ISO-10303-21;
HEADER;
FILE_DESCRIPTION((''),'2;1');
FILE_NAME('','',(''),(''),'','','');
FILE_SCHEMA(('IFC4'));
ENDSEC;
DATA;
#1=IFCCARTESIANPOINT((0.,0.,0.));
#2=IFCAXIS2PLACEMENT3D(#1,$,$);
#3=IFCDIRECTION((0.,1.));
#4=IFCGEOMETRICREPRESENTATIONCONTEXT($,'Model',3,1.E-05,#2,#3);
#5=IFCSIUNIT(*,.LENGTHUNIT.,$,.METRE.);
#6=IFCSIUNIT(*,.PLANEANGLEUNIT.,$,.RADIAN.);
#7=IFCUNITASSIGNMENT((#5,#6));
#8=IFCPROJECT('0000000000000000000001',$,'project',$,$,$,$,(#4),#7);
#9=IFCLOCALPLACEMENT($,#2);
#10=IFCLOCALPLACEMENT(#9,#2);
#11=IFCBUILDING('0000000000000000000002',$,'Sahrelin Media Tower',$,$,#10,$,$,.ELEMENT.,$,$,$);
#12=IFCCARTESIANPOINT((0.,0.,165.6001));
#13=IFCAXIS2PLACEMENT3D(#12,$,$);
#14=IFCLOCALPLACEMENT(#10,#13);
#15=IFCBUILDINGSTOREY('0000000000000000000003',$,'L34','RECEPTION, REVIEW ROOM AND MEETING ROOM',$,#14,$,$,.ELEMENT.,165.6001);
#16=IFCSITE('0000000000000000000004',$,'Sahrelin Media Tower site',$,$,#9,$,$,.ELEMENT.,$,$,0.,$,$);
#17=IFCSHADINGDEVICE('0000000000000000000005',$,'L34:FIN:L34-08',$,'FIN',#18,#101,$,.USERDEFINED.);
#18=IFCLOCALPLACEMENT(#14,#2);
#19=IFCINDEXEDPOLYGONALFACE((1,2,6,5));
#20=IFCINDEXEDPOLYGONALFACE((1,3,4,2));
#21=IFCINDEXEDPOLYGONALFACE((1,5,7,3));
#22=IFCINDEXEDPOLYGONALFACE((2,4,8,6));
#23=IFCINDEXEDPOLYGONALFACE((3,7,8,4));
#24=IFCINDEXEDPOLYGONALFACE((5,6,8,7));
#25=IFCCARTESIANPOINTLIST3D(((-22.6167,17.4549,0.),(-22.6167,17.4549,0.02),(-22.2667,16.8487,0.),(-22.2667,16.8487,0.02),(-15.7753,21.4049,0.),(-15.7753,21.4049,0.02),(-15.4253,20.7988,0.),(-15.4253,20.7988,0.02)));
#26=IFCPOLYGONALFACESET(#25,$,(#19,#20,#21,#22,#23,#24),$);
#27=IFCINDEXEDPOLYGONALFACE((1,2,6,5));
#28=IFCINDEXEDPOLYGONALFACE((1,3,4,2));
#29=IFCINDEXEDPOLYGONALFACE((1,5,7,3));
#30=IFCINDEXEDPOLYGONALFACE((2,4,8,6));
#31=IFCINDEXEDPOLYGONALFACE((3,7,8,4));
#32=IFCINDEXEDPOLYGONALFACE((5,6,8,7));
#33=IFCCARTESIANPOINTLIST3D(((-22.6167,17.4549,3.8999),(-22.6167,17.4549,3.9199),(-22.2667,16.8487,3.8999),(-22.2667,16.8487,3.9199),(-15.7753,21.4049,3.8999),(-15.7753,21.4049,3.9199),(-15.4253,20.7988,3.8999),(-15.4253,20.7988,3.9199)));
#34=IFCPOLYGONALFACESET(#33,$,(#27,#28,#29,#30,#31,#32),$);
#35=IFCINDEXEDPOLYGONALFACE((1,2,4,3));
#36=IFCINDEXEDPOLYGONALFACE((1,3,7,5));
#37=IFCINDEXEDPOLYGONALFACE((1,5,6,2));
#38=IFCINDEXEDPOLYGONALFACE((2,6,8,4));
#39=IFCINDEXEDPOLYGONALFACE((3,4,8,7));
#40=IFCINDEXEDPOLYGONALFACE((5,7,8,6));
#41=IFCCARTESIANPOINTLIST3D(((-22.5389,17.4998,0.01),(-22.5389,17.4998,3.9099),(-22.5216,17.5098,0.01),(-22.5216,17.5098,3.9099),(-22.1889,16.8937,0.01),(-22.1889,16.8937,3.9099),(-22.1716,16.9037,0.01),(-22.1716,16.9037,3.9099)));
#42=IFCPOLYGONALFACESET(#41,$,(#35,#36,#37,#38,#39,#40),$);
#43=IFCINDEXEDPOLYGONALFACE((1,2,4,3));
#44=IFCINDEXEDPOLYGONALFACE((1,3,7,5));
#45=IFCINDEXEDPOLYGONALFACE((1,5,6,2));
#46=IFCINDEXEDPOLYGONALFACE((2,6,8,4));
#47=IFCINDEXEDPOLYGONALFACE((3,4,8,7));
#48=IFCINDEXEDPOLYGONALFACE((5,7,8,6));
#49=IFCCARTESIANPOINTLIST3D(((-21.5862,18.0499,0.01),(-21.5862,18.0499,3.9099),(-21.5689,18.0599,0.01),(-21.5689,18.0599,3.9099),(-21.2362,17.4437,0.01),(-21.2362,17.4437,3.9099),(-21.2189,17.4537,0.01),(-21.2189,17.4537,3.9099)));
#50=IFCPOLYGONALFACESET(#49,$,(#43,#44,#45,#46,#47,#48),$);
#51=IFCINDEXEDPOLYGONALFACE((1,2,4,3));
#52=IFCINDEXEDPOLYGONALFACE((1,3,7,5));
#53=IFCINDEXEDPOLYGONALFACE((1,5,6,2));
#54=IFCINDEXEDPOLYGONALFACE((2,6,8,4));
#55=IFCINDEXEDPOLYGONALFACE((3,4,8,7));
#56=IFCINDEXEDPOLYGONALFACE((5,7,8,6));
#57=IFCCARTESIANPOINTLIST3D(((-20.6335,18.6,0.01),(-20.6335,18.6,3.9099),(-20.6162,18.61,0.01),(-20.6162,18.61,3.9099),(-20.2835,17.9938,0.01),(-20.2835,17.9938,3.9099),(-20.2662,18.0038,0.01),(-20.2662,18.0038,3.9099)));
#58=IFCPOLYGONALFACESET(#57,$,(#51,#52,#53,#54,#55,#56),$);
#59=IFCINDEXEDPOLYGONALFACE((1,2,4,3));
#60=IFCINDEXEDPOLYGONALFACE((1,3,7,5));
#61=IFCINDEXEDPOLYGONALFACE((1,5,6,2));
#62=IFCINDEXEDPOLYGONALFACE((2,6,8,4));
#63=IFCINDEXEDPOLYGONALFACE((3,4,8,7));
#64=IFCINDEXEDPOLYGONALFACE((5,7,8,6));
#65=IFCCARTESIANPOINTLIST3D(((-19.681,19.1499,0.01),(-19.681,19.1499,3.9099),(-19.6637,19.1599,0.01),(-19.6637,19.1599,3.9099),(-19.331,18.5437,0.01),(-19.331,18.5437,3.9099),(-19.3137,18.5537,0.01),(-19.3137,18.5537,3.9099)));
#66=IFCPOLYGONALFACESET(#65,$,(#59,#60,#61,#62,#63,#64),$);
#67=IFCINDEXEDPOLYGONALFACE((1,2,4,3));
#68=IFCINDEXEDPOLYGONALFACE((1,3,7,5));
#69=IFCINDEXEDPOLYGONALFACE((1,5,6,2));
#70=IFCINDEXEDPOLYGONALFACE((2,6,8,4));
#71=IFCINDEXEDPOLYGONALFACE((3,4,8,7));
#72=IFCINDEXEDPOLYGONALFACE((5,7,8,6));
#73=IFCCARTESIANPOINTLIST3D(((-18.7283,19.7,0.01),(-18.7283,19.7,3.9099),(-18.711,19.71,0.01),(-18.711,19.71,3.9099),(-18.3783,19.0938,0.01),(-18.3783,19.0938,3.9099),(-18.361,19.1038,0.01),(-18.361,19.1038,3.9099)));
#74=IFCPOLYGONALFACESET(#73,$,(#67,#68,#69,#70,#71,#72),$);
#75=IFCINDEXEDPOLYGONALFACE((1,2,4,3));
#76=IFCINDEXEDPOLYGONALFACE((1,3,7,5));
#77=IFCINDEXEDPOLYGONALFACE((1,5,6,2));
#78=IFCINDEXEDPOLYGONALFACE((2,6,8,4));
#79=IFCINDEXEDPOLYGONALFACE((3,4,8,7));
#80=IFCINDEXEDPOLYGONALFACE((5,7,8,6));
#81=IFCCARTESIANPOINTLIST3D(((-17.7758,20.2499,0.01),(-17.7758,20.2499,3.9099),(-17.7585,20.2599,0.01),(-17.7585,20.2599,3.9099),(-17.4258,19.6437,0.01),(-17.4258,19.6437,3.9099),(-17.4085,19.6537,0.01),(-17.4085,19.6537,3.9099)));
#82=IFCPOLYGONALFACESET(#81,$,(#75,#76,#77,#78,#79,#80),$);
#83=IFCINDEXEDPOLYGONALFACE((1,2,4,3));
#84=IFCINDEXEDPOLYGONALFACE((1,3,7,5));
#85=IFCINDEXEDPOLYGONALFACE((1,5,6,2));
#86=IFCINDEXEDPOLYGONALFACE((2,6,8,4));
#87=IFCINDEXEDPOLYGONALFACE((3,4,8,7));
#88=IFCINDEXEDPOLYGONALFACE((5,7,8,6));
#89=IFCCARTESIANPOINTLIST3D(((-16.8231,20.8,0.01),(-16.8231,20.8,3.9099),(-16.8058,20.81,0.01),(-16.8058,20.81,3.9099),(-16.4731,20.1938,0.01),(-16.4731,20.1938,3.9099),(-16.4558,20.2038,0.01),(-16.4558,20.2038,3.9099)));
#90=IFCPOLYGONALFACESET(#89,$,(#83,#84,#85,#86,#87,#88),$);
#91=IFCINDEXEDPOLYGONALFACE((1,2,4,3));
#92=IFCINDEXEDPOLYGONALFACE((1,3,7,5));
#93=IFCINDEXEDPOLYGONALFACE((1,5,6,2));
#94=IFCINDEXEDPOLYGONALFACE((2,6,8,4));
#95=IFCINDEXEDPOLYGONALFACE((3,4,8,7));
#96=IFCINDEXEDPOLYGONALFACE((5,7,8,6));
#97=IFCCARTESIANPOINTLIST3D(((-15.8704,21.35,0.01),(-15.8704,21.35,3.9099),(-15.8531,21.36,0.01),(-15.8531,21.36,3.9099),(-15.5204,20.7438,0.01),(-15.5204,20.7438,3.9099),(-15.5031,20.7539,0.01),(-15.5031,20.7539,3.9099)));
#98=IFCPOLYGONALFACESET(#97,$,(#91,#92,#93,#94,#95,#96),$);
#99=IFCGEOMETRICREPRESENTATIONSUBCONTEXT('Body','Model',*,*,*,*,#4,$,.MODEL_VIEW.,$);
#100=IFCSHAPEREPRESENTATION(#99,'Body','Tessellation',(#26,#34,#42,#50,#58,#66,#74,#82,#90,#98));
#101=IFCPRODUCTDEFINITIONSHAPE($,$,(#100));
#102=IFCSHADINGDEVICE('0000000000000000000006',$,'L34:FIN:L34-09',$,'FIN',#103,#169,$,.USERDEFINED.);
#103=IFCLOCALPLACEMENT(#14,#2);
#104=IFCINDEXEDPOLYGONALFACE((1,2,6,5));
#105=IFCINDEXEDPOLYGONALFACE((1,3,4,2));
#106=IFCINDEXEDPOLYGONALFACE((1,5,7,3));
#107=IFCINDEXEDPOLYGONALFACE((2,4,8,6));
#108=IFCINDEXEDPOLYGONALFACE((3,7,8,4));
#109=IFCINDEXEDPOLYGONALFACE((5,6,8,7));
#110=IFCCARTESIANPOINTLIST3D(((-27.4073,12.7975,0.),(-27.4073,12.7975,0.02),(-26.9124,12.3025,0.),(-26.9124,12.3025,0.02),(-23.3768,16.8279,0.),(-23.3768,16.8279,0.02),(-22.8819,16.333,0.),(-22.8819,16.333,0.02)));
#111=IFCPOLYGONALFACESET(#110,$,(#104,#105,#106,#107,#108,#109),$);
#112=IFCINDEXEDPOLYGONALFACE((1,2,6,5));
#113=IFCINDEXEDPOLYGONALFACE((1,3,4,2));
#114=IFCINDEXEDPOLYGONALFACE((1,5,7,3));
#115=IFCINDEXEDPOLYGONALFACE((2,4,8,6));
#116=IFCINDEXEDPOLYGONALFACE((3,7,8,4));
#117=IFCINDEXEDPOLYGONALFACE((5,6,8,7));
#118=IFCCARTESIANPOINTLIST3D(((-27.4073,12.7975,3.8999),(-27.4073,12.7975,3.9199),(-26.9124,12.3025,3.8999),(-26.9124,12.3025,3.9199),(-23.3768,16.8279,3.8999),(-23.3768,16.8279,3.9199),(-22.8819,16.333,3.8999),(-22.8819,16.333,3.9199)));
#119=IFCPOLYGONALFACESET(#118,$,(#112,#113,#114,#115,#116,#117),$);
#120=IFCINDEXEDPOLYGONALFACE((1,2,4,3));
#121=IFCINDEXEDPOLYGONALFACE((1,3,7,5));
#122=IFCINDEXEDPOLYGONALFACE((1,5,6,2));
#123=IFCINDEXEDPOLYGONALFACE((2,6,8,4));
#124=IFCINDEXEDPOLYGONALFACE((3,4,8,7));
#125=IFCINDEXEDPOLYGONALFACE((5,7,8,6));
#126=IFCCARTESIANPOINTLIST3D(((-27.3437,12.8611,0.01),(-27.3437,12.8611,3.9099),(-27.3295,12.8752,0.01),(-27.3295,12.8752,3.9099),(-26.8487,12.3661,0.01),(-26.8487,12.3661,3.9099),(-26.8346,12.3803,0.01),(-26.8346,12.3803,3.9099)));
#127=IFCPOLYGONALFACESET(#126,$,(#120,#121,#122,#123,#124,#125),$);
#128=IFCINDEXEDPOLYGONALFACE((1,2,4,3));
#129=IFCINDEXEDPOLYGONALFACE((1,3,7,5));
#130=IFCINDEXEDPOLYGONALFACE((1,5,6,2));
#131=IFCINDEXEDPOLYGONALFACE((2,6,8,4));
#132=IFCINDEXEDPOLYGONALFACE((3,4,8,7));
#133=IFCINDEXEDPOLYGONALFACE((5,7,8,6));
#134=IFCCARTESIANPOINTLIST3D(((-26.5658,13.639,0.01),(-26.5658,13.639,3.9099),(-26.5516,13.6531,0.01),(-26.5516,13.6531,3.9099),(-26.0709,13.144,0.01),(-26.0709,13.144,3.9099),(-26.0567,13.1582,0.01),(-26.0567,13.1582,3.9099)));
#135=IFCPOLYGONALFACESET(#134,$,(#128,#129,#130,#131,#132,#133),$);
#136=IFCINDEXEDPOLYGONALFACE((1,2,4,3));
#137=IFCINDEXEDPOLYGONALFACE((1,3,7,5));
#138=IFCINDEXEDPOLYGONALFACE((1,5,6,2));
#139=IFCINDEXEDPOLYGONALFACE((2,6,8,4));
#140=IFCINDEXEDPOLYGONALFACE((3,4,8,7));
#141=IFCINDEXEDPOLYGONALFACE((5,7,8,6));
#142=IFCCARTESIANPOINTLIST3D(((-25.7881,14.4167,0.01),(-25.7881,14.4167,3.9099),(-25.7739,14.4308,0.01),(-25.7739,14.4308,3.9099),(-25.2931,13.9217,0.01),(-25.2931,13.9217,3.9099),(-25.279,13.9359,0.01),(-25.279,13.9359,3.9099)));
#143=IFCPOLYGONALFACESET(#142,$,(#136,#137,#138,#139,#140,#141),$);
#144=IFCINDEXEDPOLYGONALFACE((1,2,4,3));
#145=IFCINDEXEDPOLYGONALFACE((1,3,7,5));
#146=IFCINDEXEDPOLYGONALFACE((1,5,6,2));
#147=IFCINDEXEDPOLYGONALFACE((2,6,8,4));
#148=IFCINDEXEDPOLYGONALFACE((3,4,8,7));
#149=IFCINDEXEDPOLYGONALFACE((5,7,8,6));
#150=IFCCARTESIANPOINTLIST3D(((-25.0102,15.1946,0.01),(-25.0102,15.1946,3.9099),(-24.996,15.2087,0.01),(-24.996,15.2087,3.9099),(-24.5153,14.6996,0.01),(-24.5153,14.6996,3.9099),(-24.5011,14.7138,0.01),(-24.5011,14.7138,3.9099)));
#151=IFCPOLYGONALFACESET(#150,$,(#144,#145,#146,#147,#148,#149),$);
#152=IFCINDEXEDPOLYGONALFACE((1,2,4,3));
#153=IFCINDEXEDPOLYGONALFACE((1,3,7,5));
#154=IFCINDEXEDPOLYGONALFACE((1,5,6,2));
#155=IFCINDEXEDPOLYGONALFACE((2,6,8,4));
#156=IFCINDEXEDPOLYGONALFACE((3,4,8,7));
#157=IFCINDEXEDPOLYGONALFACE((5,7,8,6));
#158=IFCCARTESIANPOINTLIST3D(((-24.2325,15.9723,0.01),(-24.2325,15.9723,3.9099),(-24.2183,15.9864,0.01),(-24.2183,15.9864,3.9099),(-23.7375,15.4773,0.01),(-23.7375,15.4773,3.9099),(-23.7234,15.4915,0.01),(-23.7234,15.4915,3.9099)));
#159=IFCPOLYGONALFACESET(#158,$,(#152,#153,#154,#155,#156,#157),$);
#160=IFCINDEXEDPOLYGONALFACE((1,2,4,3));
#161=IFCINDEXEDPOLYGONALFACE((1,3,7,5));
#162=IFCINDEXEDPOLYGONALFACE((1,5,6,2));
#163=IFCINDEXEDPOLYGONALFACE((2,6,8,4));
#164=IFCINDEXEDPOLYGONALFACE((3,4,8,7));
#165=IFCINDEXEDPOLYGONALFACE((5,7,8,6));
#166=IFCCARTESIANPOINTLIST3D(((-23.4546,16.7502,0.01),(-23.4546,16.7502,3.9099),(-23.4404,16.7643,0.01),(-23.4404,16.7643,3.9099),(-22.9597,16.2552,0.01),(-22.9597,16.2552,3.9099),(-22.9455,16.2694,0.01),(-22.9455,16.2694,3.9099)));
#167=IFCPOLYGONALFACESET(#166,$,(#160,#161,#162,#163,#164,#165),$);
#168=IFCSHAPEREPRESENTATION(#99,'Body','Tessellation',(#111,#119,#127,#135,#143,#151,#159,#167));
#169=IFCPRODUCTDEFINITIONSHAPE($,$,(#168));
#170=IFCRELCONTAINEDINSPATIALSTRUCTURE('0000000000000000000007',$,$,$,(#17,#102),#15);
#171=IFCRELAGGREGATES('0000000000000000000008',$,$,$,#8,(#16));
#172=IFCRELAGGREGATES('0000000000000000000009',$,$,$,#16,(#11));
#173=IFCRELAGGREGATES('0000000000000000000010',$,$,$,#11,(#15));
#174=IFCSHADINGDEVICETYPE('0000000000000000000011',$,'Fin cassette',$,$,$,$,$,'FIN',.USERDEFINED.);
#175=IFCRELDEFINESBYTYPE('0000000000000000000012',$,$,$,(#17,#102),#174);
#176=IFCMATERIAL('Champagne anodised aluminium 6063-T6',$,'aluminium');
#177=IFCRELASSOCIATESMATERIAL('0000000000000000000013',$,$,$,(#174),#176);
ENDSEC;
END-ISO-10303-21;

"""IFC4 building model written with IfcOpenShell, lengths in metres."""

from ifc_helpers import new_model, si_unit, direction, frame, origin, origin_2d, place, context, subcontext, project, spatial, rectangle, extrude, material, type_object, element, save


model = new_model("IFC4")

# Units and contexts
model_context = context("Model", 3, precision=1e-05, world=origin(), true_north=direction((0.0, 1.0)))
body_context = subcontext(model_context, "Body", "Model", "MODEL_VIEW")
ifc_project = project(units=[si_unit("LENGTHUNIT", "METRE"), si_unit("PLANEANGLEUNIT", "RADIAN")], contexts=[model_context])

# Site, building, storey
site_placement = place(None, origin())
site = spatial("IfcSite", under=ifc_project, at=site_placement, Name="Sahrelin Media Tower site", CompositionType="ELEMENT", RefElevation=0.0)
building_placement = place(site_placement, origin())
building = spatial("IfcBuilding", under=site, at=building_placement, Name="Sahrelin Media Tower", CompositionType="ELEMENT")
storey_placement = place(building_placement, frame((0.0, 0.0, 165.6001)))
storey = spatial("IfcBuildingStorey", under=building, at=storey_placement, Name="L34", Description="RECEPTION, REVIEW ROOM AND MEETING ROOM", CompositionType="ELEMENT", Elevation=165.6001)

# Shared definitions
ifc_material_1 = material(Name="Champagne anodised aluminium 6063-T6", Category="aluminium")

# Shading devices
shading_device_type_1 = type_object("IfcShadingDeviceType", Name="Fin cassette", ElementType="FIN", PredefinedType="USERDEFINED", material=ifc_material_1)
placement_1 = place(storey_placement, frame((-18.811, 18.7632, 0.0), z_axis=(0.0, 0.0, 1.0), x_axis=(0.866019, 0.500011, 0.0)))
element("IfcShadingDevice", 1, at=placement_1, inside=storey, type_object=shading_device_type_1, Name="L34:FIN:L34-08", ObjectType="FIN", PredefinedType="USERDEFINED", context=body_context, shape_type="SweptSolid", body=[
    extrude(rectangle(XDim=7.8999, YDim=0.7, at=origin_2d()), frame((0.0, 0.4199, 0.0)), (0.0, 0.0, 1.0), 0.02),
    extrude(rectangle(XDim=7.8999, YDim=0.7, at=origin_2d()), frame((0.0, 0.4199, 3.8999)), (0.0, 0.0, 1.0), 0.02),
    extrude(rectangle(XDim=0.02, YDim=0.7, at=origin_2d()), frame((-3.8501, 0.4199, 0.01), z_axis=(0.0, 0.0, 1.0), x_axis=(1.0, 0.0, 0.0)), (0.0, 0.0, 1.0), 3.8999),
    extrude(rectangle(XDim=0.02, YDim=0.7, at=origin_2d()), frame((-2.75, 0.4199, 0.01), z_axis=(0.0, 0.0, 1.0), x_axis=(1.0, 0.0, 0.0)), (0.0, 0.0, 1.0), 3.8999),
    extrude(rectangle(XDim=0.02, YDim=0.7, at=origin_2d()), frame((-1.6499, 0.4199, 0.01), z_axis=(0.0, 0.0, 1.0), x_axis=(1.0, 0.0, 0.0)), (0.0, 0.0, 1.0), 3.8999),
    extrude(rectangle(XDim=0.02, YDim=0.7, at=origin_2d()), frame((-0.55, 0.4199, 0.01), z_axis=(0.0, 0.0, 1.0), x_axis=(1.0, 0.0, 0.0)), (0.0, 0.0, 1.0), 3.8999),
    extrude(rectangle(XDim=0.02, YDim=0.7, at=origin_2d()), frame((0.55, 0.4199, 0.01), z_axis=(0.0, 0.0, 1.0), x_axis=(1.0, 0.0, 0.0)), (0.0, 0.0, 1.0), 3.8999),
    extrude(rectangle(XDim=0.02, YDim=0.7, at=origin_2d()), frame((1.6499, 0.4199, 0.01), z_axis=(0.0, 0.0, 1.0), x_axis=(1.0, 0.0, 0.0)), (0.0, 0.0, 1.0), 3.8999),
    extrude(rectangle(XDim=0.02, YDim=0.7, at=origin_2d()), frame((2.75, 0.4199, 0.01), z_axis=(0.0, 0.0, 1.0), x_axis=(1.0, 0.0, 0.0)), (0.0, 0.0, 1.0), 3.8999),
    extrude(rectangle(XDim=0.02, YDim=0.7, at=origin_2d()), frame((3.8501, 0.4199, 0.01), z_axis=(0.0, 0.0, 1.0), x_axis=(1.0, 0.0, 0.0)), (0.0, 0.0, 1.0), 3.8999),
])
placement_2 = place(storey_placement, frame((-24.8477, 14.2683, 0.0), z_axis=(0.0, 0.0, 1.0), x_axis=(0.707107, 0.707107, 0.0)))
element("IfcShadingDevice", 2, at=placement_2, inside=storey, type_object=shading_device_type_1, Name="L34:FIN:L34-09", ObjectType="FIN", PredefinedType="USERDEFINED", context=body_context, shape_type="SweptSolid", body=[
    extrude(rectangle(XDim=5.7, YDim=0.7, at=origin_2d()), frame((0.0, 0.4199, 0.0)), (0.0, 0.0, 1.0), 0.02),
    extrude(rectangle(XDim=5.7, YDim=0.7, at=origin_2d()), frame((0.0, 0.4199, 3.8999)), (0.0, 0.0, 1.0), 0.02),
    extrude(rectangle(XDim=0.02, YDim=0.7, at=origin_2d()), frame((-2.75, 0.4199, 0.01), z_axis=(0.0, 0.0, 1.0), x_axis=(1.0, 0.0, 0.0)), (0.0, 0.0, 1.0), 3.8999),
    extrude(rectangle(XDim=0.02, YDim=0.7, at=origin_2d()), frame((-1.6499, 0.4199, 0.01), z_axis=(0.0, 0.0, 1.0), x_axis=(1.0, 0.0, 0.0)), (0.0, 0.0, 1.0), 3.8999),
    extrude(rectangle(XDim=0.02, YDim=0.7, at=origin_2d()), frame((-0.55, 0.4199, 0.01), z_axis=(0.0, 0.0, 1.0), x_axis=(1.0, 0.0, 0.0)), (0.0, 0.0, 1.0), 3.8999),
    extrude(rectangle(XDim=0.02, YDim=0.7, at=origin_2d()), frame((0.55, 0.4199, 0.01), z_axis=(0.0, 0.0, 1.0), x_axis=(1.0, 0.0, 0.0)), (0.0, 0.0, 1.0), 3.8999),
    extrude(rectangle(XDim=0.02, YDim=0.7, at=origin_2d()), frame((1.6499, 0.4199, 0.01), z_axis=(0.0, 0.0, 1.0), x_axis=(1.0, 0.0, 0.0)), (0.0, 0.0, 1.0), 3.8999),
    extrude(rectangle(XDim=0.02, YDim=0.7, at=origin_2d()), frame((2.75, 0.4199, 0.01), z_axis=(0.0, 0.0, 1.0), x_axis=(1.0, 0.0, 0.0)), (0.0, 0.0, 1.0), 3.8999),
])

save(model, "model.ifc")
